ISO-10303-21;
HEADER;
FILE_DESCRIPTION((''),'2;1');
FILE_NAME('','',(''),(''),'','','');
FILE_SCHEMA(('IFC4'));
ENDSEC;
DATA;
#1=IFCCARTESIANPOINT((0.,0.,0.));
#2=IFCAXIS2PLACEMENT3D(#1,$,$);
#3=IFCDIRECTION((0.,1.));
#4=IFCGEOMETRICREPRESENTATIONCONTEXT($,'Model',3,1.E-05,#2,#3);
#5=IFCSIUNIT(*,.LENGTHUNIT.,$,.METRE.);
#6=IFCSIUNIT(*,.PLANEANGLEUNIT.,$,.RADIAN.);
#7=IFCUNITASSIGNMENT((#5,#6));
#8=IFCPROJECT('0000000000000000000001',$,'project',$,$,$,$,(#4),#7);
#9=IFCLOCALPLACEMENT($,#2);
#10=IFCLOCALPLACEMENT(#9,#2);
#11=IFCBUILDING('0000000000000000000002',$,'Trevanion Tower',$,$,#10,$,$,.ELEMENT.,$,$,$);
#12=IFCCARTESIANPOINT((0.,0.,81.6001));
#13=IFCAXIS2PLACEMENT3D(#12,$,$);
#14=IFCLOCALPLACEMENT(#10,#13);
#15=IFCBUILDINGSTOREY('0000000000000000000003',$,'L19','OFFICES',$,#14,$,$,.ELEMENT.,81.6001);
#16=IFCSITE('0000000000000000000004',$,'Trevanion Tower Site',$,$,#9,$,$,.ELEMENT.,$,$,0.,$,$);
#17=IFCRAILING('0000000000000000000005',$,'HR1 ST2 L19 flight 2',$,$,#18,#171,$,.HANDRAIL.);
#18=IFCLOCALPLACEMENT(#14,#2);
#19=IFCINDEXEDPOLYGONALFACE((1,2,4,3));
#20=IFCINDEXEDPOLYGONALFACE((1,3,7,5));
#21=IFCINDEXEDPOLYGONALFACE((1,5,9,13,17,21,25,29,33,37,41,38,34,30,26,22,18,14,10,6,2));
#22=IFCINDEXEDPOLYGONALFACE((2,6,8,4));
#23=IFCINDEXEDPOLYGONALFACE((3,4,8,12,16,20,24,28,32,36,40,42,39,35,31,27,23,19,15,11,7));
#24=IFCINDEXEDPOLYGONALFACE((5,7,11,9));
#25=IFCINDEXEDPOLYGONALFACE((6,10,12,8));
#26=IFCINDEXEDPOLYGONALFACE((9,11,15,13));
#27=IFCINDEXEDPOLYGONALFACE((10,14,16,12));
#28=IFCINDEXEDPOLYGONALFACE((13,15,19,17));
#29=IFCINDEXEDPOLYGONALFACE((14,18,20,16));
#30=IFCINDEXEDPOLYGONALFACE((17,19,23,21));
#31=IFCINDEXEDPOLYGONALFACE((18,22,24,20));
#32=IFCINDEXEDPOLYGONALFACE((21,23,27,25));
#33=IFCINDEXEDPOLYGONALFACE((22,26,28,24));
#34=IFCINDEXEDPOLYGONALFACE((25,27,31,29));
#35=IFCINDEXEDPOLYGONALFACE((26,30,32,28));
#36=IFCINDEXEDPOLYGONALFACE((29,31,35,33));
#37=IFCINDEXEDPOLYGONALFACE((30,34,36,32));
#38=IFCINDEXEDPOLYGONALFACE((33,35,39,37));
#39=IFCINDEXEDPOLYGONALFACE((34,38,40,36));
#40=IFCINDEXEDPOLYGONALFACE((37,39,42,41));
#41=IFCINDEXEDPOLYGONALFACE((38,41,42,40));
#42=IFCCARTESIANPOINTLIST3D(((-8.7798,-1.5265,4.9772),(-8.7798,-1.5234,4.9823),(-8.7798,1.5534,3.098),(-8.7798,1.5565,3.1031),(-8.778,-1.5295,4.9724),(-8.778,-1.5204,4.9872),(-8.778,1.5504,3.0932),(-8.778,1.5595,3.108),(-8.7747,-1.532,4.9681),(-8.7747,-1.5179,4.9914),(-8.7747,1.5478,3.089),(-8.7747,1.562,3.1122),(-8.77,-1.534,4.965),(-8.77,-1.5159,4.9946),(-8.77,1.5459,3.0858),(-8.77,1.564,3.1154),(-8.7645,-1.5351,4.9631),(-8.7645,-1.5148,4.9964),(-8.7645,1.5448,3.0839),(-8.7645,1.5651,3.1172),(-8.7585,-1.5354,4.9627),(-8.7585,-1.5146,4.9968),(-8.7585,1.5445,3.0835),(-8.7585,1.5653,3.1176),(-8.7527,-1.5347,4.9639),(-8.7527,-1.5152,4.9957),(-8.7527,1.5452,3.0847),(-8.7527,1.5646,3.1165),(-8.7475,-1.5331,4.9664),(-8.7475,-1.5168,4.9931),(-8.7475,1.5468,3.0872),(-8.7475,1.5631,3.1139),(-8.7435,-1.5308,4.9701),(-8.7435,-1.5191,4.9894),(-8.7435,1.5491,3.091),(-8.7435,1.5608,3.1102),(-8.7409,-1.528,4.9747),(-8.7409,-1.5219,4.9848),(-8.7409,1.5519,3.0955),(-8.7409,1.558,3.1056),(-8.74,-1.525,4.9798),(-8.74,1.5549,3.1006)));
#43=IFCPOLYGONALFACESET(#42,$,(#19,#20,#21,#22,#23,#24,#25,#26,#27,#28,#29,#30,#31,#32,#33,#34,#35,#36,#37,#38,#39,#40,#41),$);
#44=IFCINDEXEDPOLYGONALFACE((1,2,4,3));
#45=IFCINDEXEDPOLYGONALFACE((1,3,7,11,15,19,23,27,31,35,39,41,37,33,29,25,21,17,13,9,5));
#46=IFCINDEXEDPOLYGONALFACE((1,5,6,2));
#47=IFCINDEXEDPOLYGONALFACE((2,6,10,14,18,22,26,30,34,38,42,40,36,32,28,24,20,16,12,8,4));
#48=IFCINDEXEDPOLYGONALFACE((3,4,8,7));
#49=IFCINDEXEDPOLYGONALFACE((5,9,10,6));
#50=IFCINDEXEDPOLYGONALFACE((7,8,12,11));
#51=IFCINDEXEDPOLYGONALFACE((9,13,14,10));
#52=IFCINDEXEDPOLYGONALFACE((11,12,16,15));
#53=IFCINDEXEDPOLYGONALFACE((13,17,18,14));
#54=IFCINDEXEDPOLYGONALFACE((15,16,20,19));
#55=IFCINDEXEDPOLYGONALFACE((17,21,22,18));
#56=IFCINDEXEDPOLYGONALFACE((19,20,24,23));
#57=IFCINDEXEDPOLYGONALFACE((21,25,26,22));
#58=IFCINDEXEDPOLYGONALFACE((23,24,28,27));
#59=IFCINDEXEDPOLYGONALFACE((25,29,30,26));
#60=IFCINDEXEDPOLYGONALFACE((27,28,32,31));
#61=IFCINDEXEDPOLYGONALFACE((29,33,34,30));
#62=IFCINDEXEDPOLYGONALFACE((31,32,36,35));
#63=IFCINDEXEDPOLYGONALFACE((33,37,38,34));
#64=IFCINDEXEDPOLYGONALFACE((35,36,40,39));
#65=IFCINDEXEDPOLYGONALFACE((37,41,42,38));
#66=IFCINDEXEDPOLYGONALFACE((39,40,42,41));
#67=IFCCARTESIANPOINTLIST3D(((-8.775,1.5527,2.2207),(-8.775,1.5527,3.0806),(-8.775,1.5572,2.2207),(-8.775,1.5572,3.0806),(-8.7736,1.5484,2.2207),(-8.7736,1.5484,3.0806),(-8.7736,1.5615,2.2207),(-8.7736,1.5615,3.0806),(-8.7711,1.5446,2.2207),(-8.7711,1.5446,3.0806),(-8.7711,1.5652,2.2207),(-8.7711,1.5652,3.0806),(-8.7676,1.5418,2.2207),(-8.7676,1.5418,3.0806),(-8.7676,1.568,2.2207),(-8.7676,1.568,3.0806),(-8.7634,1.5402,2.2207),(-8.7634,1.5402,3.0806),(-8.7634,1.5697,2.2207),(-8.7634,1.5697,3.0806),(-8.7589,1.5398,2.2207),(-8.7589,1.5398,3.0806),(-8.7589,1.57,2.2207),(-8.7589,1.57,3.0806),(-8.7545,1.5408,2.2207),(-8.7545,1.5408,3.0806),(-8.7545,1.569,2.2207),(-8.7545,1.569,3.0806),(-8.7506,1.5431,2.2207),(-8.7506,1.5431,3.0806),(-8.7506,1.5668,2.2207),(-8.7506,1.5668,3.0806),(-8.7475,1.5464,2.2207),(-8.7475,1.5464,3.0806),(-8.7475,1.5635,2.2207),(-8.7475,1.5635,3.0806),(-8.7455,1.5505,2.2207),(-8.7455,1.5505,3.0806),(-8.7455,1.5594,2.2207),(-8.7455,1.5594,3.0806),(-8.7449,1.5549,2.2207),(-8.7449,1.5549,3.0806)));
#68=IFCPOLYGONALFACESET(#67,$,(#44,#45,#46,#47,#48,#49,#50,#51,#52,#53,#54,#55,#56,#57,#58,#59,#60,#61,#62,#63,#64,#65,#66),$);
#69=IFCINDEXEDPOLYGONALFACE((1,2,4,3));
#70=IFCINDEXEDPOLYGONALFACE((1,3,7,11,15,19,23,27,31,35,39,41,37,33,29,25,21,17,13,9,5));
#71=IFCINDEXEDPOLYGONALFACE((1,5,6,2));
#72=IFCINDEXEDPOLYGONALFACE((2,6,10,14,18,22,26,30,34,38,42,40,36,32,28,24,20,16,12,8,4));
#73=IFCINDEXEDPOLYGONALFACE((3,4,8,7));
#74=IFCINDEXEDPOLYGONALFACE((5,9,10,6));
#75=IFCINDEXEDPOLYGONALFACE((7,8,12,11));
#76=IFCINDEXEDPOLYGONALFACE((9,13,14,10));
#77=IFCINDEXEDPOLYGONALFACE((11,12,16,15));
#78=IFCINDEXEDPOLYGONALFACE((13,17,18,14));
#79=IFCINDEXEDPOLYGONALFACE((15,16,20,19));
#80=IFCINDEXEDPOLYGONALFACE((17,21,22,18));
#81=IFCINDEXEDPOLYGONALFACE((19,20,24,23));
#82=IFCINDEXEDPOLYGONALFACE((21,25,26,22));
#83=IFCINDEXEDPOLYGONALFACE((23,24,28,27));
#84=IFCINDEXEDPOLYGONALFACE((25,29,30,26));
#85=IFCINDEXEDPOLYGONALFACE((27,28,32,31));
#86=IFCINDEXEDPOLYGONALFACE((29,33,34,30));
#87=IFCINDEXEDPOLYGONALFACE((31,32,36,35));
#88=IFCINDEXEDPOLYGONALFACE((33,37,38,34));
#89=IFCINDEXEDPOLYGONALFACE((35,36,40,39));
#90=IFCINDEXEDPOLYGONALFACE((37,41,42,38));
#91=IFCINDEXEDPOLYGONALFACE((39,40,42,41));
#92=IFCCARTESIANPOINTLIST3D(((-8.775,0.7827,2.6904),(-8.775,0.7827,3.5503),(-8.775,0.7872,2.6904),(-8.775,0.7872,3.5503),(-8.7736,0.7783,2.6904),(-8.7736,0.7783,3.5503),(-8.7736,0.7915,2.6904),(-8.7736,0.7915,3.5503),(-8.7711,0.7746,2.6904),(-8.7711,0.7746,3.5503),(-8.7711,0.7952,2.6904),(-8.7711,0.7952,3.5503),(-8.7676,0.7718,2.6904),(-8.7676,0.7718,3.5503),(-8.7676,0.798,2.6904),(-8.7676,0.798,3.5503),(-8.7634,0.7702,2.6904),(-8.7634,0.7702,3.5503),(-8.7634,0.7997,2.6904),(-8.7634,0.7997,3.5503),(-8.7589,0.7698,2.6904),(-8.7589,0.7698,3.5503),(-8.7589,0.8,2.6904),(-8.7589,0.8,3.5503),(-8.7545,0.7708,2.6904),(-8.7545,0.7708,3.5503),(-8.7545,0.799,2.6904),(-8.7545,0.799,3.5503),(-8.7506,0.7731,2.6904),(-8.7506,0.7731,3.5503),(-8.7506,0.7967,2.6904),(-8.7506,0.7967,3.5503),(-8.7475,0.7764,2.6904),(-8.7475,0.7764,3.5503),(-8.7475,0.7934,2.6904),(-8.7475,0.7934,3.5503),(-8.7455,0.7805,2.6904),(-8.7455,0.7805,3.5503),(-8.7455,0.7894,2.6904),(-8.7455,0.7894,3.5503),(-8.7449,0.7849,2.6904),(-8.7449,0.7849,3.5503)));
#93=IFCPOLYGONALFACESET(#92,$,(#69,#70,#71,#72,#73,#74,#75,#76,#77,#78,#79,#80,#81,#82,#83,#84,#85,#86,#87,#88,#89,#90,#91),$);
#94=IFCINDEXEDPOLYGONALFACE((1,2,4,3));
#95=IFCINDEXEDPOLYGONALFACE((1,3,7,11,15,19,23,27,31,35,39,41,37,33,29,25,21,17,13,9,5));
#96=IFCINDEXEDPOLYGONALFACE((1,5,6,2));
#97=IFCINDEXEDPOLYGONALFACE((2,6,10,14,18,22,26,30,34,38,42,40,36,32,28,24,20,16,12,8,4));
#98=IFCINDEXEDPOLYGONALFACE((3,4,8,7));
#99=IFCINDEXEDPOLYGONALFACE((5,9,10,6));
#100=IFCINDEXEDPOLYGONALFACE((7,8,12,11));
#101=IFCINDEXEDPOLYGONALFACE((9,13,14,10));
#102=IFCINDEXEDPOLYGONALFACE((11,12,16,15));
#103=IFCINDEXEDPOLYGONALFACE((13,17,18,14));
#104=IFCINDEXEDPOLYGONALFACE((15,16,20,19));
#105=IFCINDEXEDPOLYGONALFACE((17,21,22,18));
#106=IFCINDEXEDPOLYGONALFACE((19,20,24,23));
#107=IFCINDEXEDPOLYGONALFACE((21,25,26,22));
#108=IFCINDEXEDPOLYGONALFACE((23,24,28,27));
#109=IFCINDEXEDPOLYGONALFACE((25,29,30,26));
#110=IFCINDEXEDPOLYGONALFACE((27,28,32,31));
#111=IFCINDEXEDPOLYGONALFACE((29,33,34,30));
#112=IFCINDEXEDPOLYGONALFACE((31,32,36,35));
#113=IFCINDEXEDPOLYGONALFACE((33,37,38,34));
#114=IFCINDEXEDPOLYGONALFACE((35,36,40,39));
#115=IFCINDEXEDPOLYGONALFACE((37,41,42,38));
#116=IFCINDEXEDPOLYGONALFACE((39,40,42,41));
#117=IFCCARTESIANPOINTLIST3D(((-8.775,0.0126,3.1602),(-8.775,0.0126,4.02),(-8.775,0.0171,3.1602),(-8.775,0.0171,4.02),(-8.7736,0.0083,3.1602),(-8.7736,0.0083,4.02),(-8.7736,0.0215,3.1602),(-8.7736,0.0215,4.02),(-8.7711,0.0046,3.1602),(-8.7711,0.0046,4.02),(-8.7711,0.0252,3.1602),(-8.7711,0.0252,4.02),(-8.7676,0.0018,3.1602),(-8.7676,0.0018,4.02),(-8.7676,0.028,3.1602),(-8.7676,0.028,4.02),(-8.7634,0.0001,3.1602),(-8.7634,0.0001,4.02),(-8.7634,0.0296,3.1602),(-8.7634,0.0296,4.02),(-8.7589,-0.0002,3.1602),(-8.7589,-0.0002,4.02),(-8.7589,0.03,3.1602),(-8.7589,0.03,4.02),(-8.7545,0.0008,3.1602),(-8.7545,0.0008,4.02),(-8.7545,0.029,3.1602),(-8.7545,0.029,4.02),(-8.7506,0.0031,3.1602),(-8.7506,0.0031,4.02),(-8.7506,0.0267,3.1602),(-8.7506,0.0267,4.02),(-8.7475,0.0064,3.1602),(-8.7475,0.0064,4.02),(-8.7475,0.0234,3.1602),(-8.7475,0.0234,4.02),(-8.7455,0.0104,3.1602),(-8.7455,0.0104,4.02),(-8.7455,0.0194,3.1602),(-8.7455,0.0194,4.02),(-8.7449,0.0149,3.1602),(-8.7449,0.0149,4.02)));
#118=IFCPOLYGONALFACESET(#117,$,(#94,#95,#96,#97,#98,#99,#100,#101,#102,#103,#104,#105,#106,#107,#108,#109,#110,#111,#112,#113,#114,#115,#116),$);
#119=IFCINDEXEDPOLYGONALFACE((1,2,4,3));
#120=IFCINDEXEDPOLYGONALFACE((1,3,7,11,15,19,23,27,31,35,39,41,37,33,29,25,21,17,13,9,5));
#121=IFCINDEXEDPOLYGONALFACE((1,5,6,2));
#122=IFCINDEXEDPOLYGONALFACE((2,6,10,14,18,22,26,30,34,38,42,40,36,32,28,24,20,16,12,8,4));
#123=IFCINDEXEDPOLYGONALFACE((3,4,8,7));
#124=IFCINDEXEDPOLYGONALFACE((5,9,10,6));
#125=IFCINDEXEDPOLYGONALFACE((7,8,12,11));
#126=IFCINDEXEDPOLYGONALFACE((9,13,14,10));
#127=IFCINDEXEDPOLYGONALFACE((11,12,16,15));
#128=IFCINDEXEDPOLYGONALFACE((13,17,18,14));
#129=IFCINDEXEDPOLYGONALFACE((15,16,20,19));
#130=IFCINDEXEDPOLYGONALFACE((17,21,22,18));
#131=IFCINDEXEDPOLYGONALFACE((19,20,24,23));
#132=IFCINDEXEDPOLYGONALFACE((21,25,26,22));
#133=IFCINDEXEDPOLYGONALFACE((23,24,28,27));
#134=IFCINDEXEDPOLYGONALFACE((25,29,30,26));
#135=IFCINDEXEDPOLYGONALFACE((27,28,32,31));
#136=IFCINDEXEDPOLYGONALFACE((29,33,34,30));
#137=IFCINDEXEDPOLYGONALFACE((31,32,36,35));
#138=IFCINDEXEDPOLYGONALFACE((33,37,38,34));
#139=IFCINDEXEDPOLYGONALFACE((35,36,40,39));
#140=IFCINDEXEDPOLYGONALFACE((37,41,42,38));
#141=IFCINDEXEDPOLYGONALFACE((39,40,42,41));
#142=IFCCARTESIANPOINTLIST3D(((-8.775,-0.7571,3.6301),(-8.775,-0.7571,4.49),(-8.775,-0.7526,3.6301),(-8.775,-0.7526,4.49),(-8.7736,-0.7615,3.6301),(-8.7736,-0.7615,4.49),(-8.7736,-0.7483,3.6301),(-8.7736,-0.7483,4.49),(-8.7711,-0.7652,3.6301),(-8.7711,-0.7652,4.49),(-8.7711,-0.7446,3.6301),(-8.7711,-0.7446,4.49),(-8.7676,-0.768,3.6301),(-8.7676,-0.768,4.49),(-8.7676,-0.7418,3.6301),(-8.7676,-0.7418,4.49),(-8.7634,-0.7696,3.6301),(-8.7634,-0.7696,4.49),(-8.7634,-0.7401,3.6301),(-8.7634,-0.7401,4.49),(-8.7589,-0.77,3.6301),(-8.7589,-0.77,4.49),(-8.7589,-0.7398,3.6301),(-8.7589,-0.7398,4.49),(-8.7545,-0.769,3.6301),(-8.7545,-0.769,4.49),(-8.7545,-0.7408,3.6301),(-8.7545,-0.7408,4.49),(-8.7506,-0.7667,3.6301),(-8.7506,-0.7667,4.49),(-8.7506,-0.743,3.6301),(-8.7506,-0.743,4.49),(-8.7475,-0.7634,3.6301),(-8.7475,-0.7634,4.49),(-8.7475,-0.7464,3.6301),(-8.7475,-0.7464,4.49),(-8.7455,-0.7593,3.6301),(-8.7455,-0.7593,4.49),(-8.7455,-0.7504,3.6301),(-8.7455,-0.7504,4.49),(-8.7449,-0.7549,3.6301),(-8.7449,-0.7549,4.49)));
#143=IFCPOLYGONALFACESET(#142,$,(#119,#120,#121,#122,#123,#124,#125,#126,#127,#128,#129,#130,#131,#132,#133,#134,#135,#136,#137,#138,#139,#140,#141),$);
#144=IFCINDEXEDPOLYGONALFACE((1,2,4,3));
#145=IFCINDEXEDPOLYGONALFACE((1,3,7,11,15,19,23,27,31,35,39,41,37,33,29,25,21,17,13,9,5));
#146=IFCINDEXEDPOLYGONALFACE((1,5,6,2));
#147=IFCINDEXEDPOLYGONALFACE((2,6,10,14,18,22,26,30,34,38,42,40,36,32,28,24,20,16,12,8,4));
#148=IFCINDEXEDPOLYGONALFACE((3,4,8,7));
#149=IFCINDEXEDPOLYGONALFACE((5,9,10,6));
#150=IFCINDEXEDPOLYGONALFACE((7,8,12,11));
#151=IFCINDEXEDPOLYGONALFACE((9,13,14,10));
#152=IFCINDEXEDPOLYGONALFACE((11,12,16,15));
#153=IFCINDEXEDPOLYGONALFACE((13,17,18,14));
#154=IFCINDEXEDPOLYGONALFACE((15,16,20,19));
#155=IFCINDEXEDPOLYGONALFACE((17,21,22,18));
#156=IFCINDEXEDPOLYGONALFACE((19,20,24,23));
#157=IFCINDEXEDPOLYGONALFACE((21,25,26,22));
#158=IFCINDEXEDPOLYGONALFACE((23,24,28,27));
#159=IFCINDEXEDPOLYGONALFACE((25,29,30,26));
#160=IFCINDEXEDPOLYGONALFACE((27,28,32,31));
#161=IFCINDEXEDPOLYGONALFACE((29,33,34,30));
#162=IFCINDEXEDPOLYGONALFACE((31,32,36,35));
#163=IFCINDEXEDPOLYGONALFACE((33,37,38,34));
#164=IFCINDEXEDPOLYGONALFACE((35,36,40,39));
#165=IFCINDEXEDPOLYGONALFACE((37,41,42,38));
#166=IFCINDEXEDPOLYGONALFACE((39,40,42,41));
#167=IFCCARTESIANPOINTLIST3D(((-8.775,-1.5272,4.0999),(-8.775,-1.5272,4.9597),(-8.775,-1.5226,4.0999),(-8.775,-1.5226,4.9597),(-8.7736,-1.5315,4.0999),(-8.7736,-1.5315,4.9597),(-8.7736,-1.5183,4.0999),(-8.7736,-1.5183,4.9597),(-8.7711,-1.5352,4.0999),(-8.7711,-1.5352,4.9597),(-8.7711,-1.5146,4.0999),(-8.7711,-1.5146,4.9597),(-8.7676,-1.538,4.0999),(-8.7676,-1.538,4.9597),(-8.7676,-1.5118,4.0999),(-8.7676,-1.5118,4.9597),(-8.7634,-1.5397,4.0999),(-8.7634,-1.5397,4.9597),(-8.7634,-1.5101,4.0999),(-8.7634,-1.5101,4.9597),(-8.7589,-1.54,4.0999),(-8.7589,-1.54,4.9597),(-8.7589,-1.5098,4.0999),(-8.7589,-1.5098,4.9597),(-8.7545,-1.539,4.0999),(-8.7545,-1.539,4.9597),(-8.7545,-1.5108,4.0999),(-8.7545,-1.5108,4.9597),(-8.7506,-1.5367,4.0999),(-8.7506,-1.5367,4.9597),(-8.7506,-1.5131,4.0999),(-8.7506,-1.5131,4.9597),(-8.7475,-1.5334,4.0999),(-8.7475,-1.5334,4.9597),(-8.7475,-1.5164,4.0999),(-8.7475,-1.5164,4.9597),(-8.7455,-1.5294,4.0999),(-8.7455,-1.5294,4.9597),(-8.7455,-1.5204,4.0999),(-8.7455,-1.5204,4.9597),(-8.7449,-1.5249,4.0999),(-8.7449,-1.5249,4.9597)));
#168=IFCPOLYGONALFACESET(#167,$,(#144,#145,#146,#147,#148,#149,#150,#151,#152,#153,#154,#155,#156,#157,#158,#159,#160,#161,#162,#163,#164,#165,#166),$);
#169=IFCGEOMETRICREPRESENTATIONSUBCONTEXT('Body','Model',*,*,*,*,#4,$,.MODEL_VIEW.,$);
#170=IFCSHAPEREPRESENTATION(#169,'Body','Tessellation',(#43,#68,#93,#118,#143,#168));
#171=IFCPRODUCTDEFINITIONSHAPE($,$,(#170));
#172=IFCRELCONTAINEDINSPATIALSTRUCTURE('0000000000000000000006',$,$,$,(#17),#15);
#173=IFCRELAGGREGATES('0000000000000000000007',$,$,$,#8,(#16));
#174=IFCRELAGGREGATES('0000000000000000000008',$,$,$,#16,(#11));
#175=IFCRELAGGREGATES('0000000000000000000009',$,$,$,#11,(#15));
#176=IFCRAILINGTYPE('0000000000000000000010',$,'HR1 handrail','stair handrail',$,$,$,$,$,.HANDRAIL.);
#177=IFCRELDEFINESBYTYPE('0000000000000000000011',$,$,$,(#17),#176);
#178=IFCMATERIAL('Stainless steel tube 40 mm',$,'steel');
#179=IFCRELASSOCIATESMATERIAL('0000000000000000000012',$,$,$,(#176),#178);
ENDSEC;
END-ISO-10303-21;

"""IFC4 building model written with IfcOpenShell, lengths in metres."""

from ifc_helpers import new_model, si_unit, direction, frame, origin, origin_2d, place, context, subcontext, project, spatial, circle, extrude, material, type_object, element, save


model = new_model("IFC4")

# Units and contexts
model_context = context("Model", 3, precision=1e-05, world=origin(), true_north=direction((0.0, 1.0)))
body_context = subcontext(model_context, "Body", "Model", "MODEL_VIEW")
ifc_project = project(units=[si_unit("LENGTHUNIT", "METRE"), si_unit("PLANEANGLEUNIT", "RADIAN")], contexts=[model_context])

# Site, building, storey
site_placement = place(None, origin())
site = spatial("IfcSite", under=ifc_project, at=site_placement, Name="Trevanion Tower Site", CompositionType="ELEMENT", RefElevation=0.0)
building_placement = place(site_placement, origin())
building = spatial("IfcBuilding", under=site, at=building_placement, Name="Trevanion Tower", CompositionType="ELEMENT")
storey_placement = place(building_placement, frame((0.0, 0.0, 81.6001)))
storey = spatial("IfcBuildingStorey", under=building, at=storey_placement, Name="L19", Description="OFFICES", CompositionType="ELEMENT", Elevation=81.6001)

# Railing
ifc_material_1 = material(Name="Stainless steel tube 40 mm", Category="steel")
railing_type = type_object("IfcRailingType", Name="HR1 handrail", Description="stair handrail", PredefinedType="HANDRAIL", material=ifc_material_1)
for number, where, name in (
    (1, (-8.76, 1.5549, 2.2207), "HR1 ST2 L19 flight 2"),
):
    element("IfcRailing", number, at=place(storey_placement, frame(where)), inside=storey, type_object=railing_type, Name=name, PredefinedType="HANDRAIL", context=body_context, shape_type="SweptSolid", body=[
        extrude(circle(Radius=0.02, at=origin_2d()), frame((0.0, 0.0, 0.8799), z_axis=(0.0, -0.853648, 0.52085), x_axis=(1.0, 0.0, 0.0)), (0.0, 0.0, 1.0), 3.6079),
        extrude(circle(Radius=0.0151, at=origin_2d()), origin(), (0.0, 0.0, 1.0), 0.8599),
        extrude(circle(Radius=0.0151, at=origin_2d()), frame((0.0, -0.77, 0.4697)), (0.0, 0.0, 1.0), 0.8599),
        extrude(circle(Radius=0.0151, at=origin_2d()), frame((0.0, -1.54, 0.9395)), (0.0, 0.0, 1.0), 0.8599),
        extrude(circle(Radius=0.0151, at=origin_2d()), frame((0.0, -2.3098, 1.4094)), (0.0, 0.0, 1.0), 0.8599),
        extrude(circle(Radius=0.0151, at=origin_2d()), frame((0.0, -3.0798, 1.8792)), (0.0, 0.0, 1.0), 0.8599),
    ])

save(model, "model.ifc")
